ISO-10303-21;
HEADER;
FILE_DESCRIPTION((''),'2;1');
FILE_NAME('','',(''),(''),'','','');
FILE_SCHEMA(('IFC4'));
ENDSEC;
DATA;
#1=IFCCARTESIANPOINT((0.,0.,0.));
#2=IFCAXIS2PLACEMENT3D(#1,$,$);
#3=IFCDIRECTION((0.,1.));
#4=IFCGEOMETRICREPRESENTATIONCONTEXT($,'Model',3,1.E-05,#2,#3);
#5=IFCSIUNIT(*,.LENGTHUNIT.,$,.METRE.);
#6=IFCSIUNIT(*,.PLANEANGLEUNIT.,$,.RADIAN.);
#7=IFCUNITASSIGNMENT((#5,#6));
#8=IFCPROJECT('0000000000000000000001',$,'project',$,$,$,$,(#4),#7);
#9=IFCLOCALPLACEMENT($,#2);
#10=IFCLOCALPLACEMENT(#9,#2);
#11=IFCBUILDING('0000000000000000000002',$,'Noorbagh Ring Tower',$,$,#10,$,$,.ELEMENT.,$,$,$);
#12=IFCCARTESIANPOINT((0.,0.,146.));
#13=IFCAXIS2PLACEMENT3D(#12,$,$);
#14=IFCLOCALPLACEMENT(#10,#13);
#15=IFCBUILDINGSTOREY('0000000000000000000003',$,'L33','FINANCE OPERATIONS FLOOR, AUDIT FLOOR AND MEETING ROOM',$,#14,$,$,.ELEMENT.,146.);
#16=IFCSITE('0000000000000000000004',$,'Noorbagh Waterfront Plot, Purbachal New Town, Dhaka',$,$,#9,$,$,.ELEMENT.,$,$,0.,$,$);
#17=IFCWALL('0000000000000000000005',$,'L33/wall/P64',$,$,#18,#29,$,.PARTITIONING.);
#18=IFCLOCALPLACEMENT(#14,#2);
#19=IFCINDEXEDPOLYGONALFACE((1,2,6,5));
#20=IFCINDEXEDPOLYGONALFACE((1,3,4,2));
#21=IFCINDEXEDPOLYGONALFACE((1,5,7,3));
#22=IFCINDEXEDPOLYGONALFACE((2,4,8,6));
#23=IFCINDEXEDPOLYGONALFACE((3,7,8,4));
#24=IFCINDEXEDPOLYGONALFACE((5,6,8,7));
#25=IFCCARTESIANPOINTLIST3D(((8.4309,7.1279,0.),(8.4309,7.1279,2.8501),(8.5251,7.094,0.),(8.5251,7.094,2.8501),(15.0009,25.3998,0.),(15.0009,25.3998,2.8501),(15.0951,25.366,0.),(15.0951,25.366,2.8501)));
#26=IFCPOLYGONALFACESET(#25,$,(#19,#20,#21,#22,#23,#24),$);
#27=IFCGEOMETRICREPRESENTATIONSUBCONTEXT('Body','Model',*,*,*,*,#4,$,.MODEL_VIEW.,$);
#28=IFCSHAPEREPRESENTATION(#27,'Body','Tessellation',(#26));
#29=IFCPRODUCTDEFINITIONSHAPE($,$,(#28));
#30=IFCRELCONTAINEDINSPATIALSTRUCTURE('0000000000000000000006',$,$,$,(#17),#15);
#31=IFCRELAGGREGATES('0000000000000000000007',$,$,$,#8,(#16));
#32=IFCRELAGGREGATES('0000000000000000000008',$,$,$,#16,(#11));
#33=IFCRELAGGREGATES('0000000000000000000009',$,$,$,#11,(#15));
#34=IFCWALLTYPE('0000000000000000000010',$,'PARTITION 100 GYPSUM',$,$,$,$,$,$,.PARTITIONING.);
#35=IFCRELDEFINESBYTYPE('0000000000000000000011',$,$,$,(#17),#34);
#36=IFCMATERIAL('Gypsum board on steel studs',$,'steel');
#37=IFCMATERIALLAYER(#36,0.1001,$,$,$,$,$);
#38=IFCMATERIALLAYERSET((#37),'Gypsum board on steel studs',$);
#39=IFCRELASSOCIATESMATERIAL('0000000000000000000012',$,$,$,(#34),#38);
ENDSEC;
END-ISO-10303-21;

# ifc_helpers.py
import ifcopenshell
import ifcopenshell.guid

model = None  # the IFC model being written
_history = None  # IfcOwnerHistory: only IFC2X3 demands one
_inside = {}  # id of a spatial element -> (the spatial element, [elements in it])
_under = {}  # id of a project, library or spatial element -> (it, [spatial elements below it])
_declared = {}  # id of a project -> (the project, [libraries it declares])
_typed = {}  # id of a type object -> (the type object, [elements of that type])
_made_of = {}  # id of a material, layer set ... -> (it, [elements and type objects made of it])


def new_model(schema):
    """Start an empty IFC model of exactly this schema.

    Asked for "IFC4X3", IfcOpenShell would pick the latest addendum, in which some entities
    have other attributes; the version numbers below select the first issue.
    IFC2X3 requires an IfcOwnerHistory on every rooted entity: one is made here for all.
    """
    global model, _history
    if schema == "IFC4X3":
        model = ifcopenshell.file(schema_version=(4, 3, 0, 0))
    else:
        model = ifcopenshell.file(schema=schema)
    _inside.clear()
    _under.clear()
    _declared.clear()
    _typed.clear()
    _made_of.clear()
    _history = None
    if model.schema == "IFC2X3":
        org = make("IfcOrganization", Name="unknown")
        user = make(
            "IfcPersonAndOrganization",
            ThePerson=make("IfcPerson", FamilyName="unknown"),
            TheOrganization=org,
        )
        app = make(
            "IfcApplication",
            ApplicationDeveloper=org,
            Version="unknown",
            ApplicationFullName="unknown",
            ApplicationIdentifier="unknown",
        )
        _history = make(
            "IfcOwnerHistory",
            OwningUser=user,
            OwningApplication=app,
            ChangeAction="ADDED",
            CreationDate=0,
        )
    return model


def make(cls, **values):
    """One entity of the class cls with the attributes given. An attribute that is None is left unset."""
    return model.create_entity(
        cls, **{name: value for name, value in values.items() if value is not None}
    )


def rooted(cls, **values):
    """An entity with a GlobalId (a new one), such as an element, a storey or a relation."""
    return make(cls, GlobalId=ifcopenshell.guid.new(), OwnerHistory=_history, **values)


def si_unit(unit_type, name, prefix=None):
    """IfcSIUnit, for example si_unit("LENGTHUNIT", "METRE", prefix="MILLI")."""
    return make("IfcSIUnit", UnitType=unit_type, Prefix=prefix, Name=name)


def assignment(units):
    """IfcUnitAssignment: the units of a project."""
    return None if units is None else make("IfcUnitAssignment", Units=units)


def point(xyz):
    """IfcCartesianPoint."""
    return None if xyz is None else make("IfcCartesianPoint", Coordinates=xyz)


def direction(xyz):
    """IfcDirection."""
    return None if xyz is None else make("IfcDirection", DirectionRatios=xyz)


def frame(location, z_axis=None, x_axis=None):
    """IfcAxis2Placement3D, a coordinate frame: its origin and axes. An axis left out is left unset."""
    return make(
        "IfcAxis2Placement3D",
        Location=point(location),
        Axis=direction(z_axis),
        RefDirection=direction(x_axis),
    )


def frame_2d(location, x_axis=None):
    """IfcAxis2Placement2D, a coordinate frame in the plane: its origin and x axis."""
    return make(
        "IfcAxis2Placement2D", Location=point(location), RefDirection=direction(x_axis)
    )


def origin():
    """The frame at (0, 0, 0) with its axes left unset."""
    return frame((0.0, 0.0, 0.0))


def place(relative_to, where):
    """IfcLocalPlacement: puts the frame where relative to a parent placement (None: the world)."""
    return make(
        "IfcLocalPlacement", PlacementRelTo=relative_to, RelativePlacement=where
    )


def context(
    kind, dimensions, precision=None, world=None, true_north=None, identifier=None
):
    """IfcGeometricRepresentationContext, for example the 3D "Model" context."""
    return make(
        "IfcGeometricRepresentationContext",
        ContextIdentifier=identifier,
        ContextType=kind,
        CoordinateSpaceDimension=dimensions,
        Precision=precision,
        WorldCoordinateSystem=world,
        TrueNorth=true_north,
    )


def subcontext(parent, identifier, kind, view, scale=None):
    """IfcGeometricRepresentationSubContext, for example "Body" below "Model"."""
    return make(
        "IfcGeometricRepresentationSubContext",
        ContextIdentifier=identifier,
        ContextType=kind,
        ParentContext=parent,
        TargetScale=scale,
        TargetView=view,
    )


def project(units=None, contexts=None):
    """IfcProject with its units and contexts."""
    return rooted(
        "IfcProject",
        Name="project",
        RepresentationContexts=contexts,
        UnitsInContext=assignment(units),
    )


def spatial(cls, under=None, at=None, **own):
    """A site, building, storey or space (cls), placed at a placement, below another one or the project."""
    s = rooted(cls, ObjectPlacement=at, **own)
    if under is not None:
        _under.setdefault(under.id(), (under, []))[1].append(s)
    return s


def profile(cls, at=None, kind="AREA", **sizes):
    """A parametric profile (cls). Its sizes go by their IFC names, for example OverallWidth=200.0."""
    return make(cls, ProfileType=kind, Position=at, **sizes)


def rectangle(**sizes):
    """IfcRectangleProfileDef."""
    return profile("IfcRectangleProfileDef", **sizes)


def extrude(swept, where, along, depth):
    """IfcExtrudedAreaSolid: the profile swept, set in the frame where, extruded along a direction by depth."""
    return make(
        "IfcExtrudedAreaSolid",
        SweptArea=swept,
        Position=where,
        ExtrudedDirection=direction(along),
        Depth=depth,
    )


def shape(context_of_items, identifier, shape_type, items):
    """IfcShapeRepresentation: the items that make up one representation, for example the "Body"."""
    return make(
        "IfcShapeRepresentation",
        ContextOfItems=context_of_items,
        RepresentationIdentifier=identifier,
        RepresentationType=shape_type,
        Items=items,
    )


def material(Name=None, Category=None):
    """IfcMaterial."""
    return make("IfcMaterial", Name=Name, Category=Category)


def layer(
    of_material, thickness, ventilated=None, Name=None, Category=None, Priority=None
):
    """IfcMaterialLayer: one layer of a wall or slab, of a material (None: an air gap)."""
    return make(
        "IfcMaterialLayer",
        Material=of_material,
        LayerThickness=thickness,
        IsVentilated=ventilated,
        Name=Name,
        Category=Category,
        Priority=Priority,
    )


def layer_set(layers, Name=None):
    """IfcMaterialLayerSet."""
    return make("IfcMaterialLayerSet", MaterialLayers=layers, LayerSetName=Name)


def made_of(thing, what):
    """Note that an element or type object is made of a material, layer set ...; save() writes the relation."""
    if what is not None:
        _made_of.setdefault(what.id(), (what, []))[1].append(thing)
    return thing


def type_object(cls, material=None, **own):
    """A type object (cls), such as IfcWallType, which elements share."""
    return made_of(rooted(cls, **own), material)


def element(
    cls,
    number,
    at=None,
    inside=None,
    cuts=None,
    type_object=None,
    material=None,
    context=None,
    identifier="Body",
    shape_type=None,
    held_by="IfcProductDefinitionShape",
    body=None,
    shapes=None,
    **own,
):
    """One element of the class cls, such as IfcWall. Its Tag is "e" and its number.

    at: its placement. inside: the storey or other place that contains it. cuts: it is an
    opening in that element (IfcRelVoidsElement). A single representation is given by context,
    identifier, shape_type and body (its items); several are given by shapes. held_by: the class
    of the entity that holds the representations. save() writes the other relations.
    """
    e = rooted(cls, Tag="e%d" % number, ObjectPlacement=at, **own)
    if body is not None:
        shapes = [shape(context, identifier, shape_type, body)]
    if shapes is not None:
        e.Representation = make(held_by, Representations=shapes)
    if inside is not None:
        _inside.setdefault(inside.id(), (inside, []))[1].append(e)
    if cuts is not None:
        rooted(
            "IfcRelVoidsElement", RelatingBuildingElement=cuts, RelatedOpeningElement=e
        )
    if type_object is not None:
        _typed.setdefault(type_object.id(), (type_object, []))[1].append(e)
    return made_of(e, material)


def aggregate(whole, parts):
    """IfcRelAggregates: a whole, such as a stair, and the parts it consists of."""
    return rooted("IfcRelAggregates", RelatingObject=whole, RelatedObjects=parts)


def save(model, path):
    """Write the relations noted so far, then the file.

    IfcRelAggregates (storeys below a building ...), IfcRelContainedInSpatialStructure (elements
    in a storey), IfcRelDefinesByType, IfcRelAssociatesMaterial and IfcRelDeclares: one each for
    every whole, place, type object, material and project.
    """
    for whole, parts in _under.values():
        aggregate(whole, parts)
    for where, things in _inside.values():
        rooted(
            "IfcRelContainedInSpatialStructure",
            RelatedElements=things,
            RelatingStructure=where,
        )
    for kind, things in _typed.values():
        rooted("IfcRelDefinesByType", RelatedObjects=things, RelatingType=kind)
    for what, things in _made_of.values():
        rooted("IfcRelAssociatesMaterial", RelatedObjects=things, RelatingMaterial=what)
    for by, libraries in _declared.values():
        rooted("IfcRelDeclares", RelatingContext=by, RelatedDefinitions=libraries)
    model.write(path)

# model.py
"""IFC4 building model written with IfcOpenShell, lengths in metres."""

from ifc_helpers import new_model, si_unit, direction, frame, frame_2d, origin, place, context, subcontext, project, spatial, rectangle, extrude, material, layer, layer_set, type_object, element, save


model = new_model("IFC4")

# Units and contexts
model_context = context("Model", 3, precision=1e-05, world=origin(), true_north=direction((0.0, 1.0)))
body_context = subcontext(model_context, "Body", "Model", "MODEL_VIEW")
ifc_project = project(units=[si_unit("LENGTHUNIT", "METRE"), si_unit("PLANEANGLEUNIT", "RADIAN")], contexts=[model_context])

# Site, building, storey
site_placement = place(None, origin())
site = spatial("IfcSite", under=ifc_project, at=site_placement, Name="Noorbagh Waterfront Plot, Purbachal New Town, Dhaka", CompositionType="ELEMENT", RefElevation=0.0)
building_placement = place(site_placement, origin())
building = spatial("IfcBuilding", under=site, at=building_placement, Name="Noorbagh Ring Tower", CompositionType="ELEMENT")
storey_placement = place(building_placement, frame((0.0, 0.0, 146.0)))
storey = spatial("IfcBuildingStorey", under=building, at=storey_placement, Name="L33", Description="FINANCE OPERATIONS FLOOR, AUDIT FLOOR AND MEETING ROOM", CompositionType="ELEMENT", Elevation=146.0)

# Wall
ifc_material_1 = material(Name="Gypsum board on steel studs", Category="steel")
ifc_layer_1 = layer(ifc_material_1, 0.1001)
ifc_layer_set_1 = layer_set([ifc_layer_1], Name="Gypsum board on steel studs")
wall_type_1 = type_object("IfcWallType", Name="PARTITION 100 GYPSUM", PredefinedType="PARTITIONING", material=ifc_layer_set_1)
wall_1_placement = place(storey_placement, frame((8.478, 7.1111, 0.0), z_axis=(0.0, 0.0, 1.0), x_axis=(0.338362, 0.941016, 0.0)))
element("IfcWall", 1, at=wall_1_placement, inside=storey, type_object=wall_type_1, Name="L33/wall/P64", PredefinedType="PARTITIONING", context=body_context, shape_type="SweptSolid", body=[
    extrude(rectangle(XDim=19.4172, YDim=0.1001, at=frame_2d((9.7085, 0.0))), origin(), (0.0, 0.0, 1.0), 2.8501),
])

save(model, "model.ifc")
